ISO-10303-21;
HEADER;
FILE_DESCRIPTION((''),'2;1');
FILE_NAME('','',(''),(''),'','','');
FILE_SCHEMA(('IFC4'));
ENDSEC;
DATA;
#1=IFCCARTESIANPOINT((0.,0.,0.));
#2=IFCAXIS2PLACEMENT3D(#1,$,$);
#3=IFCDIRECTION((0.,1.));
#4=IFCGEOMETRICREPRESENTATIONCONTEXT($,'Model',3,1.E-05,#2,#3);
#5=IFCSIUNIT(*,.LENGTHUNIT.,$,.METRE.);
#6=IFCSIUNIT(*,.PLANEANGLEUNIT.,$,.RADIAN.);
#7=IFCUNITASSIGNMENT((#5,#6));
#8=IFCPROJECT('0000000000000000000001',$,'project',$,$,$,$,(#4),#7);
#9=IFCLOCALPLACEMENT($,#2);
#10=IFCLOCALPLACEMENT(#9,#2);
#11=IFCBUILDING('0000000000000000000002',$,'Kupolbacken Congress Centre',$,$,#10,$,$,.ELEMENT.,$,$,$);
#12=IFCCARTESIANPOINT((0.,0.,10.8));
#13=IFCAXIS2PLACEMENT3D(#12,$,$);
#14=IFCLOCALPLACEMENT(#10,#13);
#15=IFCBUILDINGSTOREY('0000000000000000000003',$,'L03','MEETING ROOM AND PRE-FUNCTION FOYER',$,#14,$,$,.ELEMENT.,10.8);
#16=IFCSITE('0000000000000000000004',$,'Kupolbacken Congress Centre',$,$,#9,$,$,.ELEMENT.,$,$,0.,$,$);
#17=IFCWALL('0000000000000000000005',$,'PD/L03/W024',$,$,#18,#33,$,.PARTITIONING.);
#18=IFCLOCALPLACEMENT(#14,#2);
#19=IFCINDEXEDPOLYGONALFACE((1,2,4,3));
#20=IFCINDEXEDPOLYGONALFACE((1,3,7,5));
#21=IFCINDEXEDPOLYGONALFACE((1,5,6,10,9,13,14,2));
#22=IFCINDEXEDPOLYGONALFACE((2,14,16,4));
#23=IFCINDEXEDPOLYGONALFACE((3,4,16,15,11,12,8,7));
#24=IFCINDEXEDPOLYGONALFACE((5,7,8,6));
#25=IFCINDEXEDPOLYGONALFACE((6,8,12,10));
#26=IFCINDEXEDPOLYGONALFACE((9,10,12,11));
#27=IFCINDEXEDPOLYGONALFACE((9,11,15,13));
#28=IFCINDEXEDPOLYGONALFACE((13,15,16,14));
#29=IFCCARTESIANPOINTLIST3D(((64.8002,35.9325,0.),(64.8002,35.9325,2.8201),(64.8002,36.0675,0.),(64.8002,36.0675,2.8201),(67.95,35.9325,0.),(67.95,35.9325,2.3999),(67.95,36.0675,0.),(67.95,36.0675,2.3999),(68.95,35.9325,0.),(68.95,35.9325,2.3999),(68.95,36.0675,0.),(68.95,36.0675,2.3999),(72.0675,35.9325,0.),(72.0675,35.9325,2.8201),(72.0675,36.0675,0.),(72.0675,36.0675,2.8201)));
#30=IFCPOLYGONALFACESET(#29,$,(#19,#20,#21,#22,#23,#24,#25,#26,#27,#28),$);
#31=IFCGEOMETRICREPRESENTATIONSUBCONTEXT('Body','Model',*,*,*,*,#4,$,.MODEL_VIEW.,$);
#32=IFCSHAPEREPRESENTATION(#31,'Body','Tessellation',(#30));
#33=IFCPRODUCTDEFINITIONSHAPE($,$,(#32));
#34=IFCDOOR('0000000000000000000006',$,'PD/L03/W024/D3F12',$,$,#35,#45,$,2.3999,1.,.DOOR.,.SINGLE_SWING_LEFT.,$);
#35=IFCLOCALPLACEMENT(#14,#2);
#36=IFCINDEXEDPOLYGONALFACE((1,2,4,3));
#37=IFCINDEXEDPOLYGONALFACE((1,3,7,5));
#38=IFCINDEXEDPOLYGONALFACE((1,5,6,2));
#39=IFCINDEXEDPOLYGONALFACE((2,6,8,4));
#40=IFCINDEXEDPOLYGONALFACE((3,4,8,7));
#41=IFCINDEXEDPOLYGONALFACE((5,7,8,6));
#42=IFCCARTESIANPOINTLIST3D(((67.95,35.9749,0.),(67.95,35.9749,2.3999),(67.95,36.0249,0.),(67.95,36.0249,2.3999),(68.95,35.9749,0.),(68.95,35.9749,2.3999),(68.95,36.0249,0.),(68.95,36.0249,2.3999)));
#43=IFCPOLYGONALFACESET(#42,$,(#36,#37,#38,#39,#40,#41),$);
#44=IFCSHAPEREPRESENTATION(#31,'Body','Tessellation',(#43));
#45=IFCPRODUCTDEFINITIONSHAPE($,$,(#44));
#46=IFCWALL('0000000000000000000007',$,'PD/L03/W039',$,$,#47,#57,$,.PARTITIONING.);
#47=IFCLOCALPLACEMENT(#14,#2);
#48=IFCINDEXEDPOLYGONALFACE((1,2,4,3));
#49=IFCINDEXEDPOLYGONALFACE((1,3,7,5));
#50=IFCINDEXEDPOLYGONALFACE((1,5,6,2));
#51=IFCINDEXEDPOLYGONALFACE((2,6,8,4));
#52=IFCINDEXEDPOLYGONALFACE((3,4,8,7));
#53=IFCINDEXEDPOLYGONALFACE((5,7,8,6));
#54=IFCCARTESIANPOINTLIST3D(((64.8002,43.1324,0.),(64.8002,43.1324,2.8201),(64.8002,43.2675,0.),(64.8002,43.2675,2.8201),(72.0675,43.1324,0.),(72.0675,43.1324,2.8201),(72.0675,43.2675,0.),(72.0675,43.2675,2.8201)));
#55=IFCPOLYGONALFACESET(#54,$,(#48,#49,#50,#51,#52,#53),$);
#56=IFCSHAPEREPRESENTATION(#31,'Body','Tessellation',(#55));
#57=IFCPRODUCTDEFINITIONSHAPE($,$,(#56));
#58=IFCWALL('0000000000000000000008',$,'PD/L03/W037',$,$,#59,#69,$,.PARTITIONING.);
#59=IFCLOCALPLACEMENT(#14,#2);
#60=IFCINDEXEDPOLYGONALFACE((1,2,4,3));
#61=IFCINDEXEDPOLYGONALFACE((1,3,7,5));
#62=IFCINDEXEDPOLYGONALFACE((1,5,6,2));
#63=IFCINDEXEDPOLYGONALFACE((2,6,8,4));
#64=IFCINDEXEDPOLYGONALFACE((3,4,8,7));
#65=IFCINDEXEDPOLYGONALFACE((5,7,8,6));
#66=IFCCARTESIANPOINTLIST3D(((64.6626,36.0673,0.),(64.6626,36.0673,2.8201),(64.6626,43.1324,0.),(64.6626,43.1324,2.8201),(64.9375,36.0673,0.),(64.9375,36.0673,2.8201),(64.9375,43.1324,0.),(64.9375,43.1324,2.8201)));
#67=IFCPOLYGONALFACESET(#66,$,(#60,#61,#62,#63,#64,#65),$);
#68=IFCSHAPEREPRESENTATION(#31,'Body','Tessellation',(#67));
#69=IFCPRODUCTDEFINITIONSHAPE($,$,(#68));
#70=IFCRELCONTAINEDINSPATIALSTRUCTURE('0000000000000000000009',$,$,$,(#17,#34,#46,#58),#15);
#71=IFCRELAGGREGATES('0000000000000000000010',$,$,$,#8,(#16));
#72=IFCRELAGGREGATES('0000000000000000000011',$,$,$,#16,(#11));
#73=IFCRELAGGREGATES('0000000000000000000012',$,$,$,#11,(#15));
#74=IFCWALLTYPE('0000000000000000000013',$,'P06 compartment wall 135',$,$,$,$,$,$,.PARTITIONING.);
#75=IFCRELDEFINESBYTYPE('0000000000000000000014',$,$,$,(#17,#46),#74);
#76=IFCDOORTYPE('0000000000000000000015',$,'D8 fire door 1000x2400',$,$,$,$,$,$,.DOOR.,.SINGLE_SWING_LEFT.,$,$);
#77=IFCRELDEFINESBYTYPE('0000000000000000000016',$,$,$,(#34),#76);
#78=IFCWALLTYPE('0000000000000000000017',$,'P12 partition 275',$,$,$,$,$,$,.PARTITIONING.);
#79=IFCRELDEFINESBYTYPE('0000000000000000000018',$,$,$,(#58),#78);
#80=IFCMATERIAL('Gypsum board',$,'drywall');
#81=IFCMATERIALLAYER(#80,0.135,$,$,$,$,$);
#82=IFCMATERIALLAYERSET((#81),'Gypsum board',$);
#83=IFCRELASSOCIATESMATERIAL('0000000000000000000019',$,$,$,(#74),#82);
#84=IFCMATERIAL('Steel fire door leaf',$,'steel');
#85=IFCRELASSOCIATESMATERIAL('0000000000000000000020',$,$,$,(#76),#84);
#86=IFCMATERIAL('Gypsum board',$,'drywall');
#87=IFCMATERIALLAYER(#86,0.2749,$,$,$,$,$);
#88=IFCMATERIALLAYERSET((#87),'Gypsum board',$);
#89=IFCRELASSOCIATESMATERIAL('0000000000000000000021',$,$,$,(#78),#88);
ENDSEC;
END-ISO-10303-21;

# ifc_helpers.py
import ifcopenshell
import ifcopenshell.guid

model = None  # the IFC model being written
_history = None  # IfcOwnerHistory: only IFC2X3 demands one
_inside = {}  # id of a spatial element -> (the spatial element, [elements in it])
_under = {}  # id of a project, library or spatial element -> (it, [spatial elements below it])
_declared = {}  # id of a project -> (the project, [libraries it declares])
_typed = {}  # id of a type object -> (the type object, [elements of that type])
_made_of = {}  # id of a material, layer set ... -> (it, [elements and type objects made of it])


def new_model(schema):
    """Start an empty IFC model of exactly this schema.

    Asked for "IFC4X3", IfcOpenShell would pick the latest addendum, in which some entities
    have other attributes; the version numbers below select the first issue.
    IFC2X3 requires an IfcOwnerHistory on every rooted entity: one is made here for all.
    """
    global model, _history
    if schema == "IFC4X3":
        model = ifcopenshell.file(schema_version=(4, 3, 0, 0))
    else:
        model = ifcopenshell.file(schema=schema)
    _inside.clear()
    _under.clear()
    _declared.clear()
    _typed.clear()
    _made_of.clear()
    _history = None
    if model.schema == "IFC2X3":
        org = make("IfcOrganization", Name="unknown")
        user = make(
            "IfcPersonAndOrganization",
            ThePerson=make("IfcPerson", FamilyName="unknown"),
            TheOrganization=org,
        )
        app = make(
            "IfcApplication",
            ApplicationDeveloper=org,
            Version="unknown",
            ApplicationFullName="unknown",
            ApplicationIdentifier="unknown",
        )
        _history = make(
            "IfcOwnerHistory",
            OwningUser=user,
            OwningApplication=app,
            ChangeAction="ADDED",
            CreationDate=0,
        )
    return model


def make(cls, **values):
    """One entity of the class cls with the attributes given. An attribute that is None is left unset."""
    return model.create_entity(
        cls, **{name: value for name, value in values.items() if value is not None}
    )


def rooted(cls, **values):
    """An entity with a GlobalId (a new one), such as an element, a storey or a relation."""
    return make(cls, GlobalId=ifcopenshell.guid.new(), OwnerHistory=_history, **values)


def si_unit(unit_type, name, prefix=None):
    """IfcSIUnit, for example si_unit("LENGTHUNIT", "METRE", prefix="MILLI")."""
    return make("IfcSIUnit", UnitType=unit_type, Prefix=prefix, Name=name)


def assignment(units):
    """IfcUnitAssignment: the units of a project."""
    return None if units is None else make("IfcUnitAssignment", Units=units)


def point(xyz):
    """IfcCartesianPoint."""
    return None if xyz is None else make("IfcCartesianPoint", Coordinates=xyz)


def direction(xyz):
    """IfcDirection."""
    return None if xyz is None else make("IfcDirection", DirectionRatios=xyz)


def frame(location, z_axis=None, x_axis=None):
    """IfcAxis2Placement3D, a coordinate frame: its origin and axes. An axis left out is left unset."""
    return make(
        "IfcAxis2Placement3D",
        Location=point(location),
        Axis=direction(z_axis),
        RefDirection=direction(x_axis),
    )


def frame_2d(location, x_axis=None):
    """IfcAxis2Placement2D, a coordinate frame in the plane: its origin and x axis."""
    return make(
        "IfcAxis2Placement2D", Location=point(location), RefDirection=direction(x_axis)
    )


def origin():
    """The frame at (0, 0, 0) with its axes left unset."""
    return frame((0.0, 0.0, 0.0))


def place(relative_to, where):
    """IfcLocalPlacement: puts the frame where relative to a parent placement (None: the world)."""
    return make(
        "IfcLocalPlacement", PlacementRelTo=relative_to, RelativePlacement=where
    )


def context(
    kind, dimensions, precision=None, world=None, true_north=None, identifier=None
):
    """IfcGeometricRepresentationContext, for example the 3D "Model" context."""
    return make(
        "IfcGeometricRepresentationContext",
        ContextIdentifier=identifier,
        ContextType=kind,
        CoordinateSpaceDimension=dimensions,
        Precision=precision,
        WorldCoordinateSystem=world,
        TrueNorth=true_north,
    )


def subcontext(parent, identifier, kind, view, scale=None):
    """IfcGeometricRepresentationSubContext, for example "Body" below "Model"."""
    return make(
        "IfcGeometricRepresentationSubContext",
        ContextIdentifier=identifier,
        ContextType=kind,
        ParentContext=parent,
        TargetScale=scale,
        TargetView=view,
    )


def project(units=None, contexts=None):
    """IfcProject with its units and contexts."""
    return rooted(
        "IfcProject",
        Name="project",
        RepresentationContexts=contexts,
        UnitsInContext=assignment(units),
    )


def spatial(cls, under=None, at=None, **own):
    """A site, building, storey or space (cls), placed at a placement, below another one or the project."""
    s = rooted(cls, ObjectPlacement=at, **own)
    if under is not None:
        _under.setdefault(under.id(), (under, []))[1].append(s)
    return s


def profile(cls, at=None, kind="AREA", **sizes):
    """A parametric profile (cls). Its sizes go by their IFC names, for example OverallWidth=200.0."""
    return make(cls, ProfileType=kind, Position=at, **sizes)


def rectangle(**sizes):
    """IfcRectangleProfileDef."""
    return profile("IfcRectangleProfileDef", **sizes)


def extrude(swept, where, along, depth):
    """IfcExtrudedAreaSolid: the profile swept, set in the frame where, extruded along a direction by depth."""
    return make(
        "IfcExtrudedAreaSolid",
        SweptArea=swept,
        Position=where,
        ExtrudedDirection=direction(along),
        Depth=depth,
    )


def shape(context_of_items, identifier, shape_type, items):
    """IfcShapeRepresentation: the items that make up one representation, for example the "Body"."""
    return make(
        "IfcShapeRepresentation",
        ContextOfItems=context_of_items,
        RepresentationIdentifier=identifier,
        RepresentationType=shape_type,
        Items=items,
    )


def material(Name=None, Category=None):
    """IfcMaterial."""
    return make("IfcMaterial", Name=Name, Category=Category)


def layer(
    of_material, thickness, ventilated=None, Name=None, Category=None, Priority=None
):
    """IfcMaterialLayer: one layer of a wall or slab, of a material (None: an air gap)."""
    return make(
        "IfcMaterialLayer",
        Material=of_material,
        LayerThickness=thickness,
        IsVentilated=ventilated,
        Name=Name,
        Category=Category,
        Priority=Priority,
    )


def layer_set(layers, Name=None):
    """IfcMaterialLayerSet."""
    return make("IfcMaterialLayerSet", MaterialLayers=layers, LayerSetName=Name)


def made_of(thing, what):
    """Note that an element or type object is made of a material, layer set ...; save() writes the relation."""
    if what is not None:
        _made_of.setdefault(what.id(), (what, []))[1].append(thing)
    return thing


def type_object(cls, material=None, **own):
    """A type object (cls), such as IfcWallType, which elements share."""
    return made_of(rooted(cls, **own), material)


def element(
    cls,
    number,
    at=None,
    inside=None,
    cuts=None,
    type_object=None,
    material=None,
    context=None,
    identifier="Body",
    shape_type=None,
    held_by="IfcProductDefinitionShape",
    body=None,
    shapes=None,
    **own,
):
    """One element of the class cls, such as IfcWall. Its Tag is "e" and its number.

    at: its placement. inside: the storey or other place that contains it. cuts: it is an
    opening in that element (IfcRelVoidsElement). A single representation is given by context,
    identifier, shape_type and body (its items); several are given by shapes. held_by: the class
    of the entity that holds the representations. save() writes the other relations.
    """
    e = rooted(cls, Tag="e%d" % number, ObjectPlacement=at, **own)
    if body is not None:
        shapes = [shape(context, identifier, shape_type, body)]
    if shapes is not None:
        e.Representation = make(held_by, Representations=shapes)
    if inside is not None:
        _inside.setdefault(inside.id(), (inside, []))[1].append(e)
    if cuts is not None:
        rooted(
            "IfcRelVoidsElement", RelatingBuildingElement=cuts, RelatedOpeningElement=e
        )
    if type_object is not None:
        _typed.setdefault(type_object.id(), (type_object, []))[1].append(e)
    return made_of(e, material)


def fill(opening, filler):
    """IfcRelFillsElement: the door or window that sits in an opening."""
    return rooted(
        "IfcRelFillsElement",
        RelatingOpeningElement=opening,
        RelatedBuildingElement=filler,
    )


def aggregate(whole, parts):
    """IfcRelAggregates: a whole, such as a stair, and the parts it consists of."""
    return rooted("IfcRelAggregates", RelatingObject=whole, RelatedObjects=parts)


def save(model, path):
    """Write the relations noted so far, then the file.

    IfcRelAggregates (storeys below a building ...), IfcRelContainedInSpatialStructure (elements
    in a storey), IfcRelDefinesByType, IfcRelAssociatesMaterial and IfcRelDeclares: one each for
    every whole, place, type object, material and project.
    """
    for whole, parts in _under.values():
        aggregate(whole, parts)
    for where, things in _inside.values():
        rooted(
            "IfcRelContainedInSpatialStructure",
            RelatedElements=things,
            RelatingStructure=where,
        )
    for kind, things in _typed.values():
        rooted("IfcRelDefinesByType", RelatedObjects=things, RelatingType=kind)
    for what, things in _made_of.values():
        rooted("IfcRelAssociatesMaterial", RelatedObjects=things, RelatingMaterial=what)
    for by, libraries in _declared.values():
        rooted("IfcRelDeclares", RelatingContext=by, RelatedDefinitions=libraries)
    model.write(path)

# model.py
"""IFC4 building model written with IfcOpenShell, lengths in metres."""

from ifc_helpers import new_model, si_unit, direction, frame, frame_2d, origin, place, context, subcontext, project, spatial, rectangle, extrude, material, layer, layer_set, type_object, element, fill, save


model = new_model("IFC4")

# Units and contexts
model_context = context("Model", 3, precision=1e-05, world=origin(), true_north=direction((0.0, 1.0)))
body_context = subcontext(model_context, "Body", "Model", "MODEL_VIEW")
ifc_project = project(units=[si_unit("LENGTHUNIT", "METRE"), si_unit("PLANEANGLEUNIT", "RADIAN")], contexts=[model_context])

# Site, building, storey
site_placement = place(None, origin())
site = spatial("IfcSite", under=ifc_project, at=site_placement, Name="Kupolbacken Congress Centre", CompositionType="ELEMENT", RefElevation=0.0)
building_placement = place(site_placement, origin())
building = spatial("IfcBuilding", under=site, at=building_placement, Name="Kupolbacken Congress Centre", CompositionType="ELEMENT")
storey_placement = place(building_placement, frame((0.0, 0.0, 10.8)))
storey = spatial("IfcBuildingStorey", under=building, at=storey_placement, Name="L03", Description="MEETING ROOM AND PRE-FUNCTION FOYER", CompositionType="ELEMENT", Elevation=10.8)

# Wall, opening, door
ifc_material_1 = material(Name="Gypsum board", Category="drywall")
ifc_layer_1 = layer(ifc_material_1, 0.135)
ifc_layer_set_1 = layer_set([ifc_layer_1], Name="Gypsum board")
wall_type_1 = type_object("IfcWallType", Name="P06 compartment wall 135", PredefinedType="PARTITIONING", material=ifc_layer_set_1)
wall_1_placement = place(storey_placement, frame((64.8, 36.0, 0.0), z_axis=(0.0, 0.0, 1.0), x_axis=(1.0, 0.0, 0.0)))
wall_1 = element("IfcWall", 1, at=wall_1_placement, inside=storey, type_object=wall_type_1, Name="PD/L03/W024", PredefinedType="PARTITIONING", context=body_context, shape_type="SweptSolid", body=[
    extrude(rectangle(XDim=7.2673, YDim=0.135, at=frame_2d((3.6338, 0.0))), origin(), (0.0, 0.0, 1.0), 2.8201),
])
opening_placement = place(wall_1_placement, frame((3.1499, 0.0, 0.0)))
opening = element("IfcOpeningElement", 2, at=opening_placement, cuts=wall_1, PredefinedType="OPENING", context=body_context, shape_type="SweptSolid", body=[
    extrude(rectangle(XDim=1.0, YDim=2.3999, at=frame_2d((0.5, 1.2))), frame((0.0, 0.0774, 0.0), z_axis=(0.0, -1.0, 0.0), x_axis=(1.0, 0.0, 0.0)), (0.0, 0.0, 1.0), 0.155),
])
ifc_material_2 = material(Name="Steel fire door leaf", Category="steel")
door_type = type_object("IfcDoorType", Name="D8 fire door 1000x2400", OperationType="SINGLE_SWING_LEFT", PredefinedType="DOOR", material=ifc_material_2)
door_placement = place(opening_placement, origin())
door = element("IfcDoor", 3, at=door_placement, inside=storey, type_object=door_type, Name="PD/L03/W024/D3F12", OperationType="SINGLE_SWING_LEFT", OverallHeight=2.3999, OverallWidth=1.0, PredefinedType="DOOR", context=body_context, shape_type="SweptSolid", body=[
    extrude(rectangle(XDim=1.0, YDim=2.3999, at=frame_2d((0.5, 1.2))), frame((0.0, 0.0249, 0.0), z_axis=(0.0, -1.0, 0.0), x_axis=(1.0, 0.0, 0.0)), (0.0, 0.0, 1.0), 0.05),
])
fill(opening, door)

# Walls
wall_2_placement = place(storey_placement, frame((64.8, 43.2, 0.0), z_axis=(0.0, 0.0, 1.0), x_axis=(1.0, 0.0, 0.0)))
element("IfcWall", 4, at=wall_2_placement, inside=storey, type_object=wall_type_1, Name="PD/L03/W039", PredefinedType="PARTITIONING", context=body_context, shape_type="SweptSolid", body=[
    extrude(rectangle(XDim=7.2673, YDim=0.135, at=frame_2d((3.6338, 0.0))), origin(), (0.0, 0.0, 1.0), 2.8201),
])
ifc_material_3 = material(Name="Gypsum board", Category="drywall")
ifc_layer_2 = layer(ifc_material_3, 0.2749)
ifc_layer_set_2 = layer_set([ifc_layer_2], Name="Gypsum board")
wall_type_2 = type_object("IfcWallType", Name="P12 partition 275", PredefinedType="PARTITIONING", material=ifc_layer_set_2)
wall_3_placement = place(storey_placement, frame((64.8, 43.1326, 0.0), z_axis=(0.0, 0.0, 1.0), x_axis=(0.0, -1.0, 0.0)))
element("IfcWall", 5, at=wall_3_placement, inside=storey, type_object=wall_type_2, Name="PD/L03/W037", PredefinedType="PARTITIONING", context=body_context, shape_type="SweptSolid", body=[
    extrude(rectangle(XDim=7.0652, YDim=0.2749, at=frame_2d((3.5327, 0.0))), origin(), (0.0, 0.0, 1.0), 2.8201),
])

save(model, "model.ifc")
